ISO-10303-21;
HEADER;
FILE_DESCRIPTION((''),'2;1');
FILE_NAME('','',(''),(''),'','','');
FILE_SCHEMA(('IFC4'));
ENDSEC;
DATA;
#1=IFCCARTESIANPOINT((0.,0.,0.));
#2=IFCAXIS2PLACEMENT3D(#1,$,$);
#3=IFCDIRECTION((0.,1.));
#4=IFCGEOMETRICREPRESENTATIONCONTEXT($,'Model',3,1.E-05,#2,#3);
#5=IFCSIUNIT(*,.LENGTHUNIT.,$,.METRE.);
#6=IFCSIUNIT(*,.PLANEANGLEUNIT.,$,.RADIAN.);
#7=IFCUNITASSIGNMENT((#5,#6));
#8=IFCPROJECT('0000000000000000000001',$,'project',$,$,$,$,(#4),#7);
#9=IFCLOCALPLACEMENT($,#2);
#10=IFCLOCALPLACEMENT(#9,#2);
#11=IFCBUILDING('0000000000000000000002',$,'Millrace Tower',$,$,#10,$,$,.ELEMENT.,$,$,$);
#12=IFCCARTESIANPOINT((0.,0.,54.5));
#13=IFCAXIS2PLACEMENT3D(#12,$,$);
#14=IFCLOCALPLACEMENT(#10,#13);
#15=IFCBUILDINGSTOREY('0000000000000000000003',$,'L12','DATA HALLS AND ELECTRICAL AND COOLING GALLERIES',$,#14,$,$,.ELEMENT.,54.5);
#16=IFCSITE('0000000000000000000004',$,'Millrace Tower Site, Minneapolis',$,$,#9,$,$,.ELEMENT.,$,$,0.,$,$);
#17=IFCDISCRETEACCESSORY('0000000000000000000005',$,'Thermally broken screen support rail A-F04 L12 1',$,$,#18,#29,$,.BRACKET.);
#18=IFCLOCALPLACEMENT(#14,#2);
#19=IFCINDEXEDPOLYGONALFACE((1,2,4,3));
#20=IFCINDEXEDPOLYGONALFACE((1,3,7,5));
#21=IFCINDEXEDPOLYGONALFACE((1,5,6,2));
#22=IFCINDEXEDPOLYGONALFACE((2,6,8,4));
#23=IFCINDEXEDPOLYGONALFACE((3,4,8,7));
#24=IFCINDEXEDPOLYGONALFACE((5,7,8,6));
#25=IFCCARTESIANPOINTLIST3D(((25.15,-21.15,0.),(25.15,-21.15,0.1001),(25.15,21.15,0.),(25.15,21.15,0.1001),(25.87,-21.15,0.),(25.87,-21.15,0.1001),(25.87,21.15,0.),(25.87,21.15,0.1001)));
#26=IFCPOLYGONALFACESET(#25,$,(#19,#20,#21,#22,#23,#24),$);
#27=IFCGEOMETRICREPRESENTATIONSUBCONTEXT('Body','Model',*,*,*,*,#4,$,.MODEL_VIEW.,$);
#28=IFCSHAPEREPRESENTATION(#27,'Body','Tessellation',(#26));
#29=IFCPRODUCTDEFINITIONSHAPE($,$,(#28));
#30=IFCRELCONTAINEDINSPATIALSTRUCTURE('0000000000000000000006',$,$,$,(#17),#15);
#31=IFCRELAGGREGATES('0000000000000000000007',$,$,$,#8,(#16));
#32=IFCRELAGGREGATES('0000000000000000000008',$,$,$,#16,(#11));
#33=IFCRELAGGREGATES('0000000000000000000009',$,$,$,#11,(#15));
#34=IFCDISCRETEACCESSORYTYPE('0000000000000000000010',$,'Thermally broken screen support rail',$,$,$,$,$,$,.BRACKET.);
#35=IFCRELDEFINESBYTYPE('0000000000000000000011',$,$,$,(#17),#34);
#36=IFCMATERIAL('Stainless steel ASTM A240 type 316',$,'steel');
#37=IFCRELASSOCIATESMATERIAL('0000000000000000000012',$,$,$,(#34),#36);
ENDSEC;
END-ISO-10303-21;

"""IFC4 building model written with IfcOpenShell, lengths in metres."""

from ifc_helpers import new_model, si_unit, direction, frame, origin, origin_2d, place, context, subcontext, project, spatial, rectangle, extrude, material, type_object, element, save


model = new_model("IFC4")

# Units and contexts
model_context = context("Model", 3, precision=1e-05, world=origin(), true_north=direction((0.0, 1.0)))
body_context = subcontext(model_context, "Body", "Model", "MODEL_VIEW")
ifc_project = project(units=[si_unit("LENGTHUNIT", "METRE"), si_unit("PLANEANGLEUNIT", "RADIAN")], contexts=[model_context])

# Site, building, storey
site_placement = place(None, origin())
site = spatial("IfcSite", under=ifc_project, at=site_placement, Name="Millrace Tower Site, Minneapolis", CompositionType="ELEMENT", RefElevation=0.0)
building_placement = place(site_placement, origin())
building = spatial("IfcBuilding", under=site, at=building_placement, Name="Millrace Tower", CompositionType="ELEMENT")
storey_placement = place(building_placement, frame((0.0, 0.0, 54.5)))
storey = spatial("IfcBuildingStorey", under=building, at=storey_placement, Name="L12", Description="DATA HALLS AND ELECTRICAL AND COOLING GALLERIES", CompositionType="ELEMENT", Elevation=54.5)

# Discrete accessory
ifc_material_1 = material(Name="Stainless steel ASTM A240 type 316", Category="steel")
discrete_accessory_type = type_object("IfcDiscreteAccessoryType", Name="Thermally broken screen support rail", PredefinedType="BRACKET", material=ifc_material_1)
discrete_accessory_placement = place(storey_placement, frame((25.51, 0.0, 0.0), z_axis=(0.0, 0.0, 1.0), x_axis=(0.0, 1.0, 0.0)))
element("IfcDiscreteAccessory", 1, at=discrete_accessory_placement, inside=storey, type_object=discrete_accessory_type, Name="Thermally broken screen support rail A-F04 L12 1", PredefinedType="BRACKET", context=body_context, shape_type="SweptSolid", body=[
    extrude(rectangle(XDim=42.3, YDim=0.72, at=origin_2d()), origin(), (0.0, 0.0, 1.0), 0.1001),
])

save(model, "model.ifc")
